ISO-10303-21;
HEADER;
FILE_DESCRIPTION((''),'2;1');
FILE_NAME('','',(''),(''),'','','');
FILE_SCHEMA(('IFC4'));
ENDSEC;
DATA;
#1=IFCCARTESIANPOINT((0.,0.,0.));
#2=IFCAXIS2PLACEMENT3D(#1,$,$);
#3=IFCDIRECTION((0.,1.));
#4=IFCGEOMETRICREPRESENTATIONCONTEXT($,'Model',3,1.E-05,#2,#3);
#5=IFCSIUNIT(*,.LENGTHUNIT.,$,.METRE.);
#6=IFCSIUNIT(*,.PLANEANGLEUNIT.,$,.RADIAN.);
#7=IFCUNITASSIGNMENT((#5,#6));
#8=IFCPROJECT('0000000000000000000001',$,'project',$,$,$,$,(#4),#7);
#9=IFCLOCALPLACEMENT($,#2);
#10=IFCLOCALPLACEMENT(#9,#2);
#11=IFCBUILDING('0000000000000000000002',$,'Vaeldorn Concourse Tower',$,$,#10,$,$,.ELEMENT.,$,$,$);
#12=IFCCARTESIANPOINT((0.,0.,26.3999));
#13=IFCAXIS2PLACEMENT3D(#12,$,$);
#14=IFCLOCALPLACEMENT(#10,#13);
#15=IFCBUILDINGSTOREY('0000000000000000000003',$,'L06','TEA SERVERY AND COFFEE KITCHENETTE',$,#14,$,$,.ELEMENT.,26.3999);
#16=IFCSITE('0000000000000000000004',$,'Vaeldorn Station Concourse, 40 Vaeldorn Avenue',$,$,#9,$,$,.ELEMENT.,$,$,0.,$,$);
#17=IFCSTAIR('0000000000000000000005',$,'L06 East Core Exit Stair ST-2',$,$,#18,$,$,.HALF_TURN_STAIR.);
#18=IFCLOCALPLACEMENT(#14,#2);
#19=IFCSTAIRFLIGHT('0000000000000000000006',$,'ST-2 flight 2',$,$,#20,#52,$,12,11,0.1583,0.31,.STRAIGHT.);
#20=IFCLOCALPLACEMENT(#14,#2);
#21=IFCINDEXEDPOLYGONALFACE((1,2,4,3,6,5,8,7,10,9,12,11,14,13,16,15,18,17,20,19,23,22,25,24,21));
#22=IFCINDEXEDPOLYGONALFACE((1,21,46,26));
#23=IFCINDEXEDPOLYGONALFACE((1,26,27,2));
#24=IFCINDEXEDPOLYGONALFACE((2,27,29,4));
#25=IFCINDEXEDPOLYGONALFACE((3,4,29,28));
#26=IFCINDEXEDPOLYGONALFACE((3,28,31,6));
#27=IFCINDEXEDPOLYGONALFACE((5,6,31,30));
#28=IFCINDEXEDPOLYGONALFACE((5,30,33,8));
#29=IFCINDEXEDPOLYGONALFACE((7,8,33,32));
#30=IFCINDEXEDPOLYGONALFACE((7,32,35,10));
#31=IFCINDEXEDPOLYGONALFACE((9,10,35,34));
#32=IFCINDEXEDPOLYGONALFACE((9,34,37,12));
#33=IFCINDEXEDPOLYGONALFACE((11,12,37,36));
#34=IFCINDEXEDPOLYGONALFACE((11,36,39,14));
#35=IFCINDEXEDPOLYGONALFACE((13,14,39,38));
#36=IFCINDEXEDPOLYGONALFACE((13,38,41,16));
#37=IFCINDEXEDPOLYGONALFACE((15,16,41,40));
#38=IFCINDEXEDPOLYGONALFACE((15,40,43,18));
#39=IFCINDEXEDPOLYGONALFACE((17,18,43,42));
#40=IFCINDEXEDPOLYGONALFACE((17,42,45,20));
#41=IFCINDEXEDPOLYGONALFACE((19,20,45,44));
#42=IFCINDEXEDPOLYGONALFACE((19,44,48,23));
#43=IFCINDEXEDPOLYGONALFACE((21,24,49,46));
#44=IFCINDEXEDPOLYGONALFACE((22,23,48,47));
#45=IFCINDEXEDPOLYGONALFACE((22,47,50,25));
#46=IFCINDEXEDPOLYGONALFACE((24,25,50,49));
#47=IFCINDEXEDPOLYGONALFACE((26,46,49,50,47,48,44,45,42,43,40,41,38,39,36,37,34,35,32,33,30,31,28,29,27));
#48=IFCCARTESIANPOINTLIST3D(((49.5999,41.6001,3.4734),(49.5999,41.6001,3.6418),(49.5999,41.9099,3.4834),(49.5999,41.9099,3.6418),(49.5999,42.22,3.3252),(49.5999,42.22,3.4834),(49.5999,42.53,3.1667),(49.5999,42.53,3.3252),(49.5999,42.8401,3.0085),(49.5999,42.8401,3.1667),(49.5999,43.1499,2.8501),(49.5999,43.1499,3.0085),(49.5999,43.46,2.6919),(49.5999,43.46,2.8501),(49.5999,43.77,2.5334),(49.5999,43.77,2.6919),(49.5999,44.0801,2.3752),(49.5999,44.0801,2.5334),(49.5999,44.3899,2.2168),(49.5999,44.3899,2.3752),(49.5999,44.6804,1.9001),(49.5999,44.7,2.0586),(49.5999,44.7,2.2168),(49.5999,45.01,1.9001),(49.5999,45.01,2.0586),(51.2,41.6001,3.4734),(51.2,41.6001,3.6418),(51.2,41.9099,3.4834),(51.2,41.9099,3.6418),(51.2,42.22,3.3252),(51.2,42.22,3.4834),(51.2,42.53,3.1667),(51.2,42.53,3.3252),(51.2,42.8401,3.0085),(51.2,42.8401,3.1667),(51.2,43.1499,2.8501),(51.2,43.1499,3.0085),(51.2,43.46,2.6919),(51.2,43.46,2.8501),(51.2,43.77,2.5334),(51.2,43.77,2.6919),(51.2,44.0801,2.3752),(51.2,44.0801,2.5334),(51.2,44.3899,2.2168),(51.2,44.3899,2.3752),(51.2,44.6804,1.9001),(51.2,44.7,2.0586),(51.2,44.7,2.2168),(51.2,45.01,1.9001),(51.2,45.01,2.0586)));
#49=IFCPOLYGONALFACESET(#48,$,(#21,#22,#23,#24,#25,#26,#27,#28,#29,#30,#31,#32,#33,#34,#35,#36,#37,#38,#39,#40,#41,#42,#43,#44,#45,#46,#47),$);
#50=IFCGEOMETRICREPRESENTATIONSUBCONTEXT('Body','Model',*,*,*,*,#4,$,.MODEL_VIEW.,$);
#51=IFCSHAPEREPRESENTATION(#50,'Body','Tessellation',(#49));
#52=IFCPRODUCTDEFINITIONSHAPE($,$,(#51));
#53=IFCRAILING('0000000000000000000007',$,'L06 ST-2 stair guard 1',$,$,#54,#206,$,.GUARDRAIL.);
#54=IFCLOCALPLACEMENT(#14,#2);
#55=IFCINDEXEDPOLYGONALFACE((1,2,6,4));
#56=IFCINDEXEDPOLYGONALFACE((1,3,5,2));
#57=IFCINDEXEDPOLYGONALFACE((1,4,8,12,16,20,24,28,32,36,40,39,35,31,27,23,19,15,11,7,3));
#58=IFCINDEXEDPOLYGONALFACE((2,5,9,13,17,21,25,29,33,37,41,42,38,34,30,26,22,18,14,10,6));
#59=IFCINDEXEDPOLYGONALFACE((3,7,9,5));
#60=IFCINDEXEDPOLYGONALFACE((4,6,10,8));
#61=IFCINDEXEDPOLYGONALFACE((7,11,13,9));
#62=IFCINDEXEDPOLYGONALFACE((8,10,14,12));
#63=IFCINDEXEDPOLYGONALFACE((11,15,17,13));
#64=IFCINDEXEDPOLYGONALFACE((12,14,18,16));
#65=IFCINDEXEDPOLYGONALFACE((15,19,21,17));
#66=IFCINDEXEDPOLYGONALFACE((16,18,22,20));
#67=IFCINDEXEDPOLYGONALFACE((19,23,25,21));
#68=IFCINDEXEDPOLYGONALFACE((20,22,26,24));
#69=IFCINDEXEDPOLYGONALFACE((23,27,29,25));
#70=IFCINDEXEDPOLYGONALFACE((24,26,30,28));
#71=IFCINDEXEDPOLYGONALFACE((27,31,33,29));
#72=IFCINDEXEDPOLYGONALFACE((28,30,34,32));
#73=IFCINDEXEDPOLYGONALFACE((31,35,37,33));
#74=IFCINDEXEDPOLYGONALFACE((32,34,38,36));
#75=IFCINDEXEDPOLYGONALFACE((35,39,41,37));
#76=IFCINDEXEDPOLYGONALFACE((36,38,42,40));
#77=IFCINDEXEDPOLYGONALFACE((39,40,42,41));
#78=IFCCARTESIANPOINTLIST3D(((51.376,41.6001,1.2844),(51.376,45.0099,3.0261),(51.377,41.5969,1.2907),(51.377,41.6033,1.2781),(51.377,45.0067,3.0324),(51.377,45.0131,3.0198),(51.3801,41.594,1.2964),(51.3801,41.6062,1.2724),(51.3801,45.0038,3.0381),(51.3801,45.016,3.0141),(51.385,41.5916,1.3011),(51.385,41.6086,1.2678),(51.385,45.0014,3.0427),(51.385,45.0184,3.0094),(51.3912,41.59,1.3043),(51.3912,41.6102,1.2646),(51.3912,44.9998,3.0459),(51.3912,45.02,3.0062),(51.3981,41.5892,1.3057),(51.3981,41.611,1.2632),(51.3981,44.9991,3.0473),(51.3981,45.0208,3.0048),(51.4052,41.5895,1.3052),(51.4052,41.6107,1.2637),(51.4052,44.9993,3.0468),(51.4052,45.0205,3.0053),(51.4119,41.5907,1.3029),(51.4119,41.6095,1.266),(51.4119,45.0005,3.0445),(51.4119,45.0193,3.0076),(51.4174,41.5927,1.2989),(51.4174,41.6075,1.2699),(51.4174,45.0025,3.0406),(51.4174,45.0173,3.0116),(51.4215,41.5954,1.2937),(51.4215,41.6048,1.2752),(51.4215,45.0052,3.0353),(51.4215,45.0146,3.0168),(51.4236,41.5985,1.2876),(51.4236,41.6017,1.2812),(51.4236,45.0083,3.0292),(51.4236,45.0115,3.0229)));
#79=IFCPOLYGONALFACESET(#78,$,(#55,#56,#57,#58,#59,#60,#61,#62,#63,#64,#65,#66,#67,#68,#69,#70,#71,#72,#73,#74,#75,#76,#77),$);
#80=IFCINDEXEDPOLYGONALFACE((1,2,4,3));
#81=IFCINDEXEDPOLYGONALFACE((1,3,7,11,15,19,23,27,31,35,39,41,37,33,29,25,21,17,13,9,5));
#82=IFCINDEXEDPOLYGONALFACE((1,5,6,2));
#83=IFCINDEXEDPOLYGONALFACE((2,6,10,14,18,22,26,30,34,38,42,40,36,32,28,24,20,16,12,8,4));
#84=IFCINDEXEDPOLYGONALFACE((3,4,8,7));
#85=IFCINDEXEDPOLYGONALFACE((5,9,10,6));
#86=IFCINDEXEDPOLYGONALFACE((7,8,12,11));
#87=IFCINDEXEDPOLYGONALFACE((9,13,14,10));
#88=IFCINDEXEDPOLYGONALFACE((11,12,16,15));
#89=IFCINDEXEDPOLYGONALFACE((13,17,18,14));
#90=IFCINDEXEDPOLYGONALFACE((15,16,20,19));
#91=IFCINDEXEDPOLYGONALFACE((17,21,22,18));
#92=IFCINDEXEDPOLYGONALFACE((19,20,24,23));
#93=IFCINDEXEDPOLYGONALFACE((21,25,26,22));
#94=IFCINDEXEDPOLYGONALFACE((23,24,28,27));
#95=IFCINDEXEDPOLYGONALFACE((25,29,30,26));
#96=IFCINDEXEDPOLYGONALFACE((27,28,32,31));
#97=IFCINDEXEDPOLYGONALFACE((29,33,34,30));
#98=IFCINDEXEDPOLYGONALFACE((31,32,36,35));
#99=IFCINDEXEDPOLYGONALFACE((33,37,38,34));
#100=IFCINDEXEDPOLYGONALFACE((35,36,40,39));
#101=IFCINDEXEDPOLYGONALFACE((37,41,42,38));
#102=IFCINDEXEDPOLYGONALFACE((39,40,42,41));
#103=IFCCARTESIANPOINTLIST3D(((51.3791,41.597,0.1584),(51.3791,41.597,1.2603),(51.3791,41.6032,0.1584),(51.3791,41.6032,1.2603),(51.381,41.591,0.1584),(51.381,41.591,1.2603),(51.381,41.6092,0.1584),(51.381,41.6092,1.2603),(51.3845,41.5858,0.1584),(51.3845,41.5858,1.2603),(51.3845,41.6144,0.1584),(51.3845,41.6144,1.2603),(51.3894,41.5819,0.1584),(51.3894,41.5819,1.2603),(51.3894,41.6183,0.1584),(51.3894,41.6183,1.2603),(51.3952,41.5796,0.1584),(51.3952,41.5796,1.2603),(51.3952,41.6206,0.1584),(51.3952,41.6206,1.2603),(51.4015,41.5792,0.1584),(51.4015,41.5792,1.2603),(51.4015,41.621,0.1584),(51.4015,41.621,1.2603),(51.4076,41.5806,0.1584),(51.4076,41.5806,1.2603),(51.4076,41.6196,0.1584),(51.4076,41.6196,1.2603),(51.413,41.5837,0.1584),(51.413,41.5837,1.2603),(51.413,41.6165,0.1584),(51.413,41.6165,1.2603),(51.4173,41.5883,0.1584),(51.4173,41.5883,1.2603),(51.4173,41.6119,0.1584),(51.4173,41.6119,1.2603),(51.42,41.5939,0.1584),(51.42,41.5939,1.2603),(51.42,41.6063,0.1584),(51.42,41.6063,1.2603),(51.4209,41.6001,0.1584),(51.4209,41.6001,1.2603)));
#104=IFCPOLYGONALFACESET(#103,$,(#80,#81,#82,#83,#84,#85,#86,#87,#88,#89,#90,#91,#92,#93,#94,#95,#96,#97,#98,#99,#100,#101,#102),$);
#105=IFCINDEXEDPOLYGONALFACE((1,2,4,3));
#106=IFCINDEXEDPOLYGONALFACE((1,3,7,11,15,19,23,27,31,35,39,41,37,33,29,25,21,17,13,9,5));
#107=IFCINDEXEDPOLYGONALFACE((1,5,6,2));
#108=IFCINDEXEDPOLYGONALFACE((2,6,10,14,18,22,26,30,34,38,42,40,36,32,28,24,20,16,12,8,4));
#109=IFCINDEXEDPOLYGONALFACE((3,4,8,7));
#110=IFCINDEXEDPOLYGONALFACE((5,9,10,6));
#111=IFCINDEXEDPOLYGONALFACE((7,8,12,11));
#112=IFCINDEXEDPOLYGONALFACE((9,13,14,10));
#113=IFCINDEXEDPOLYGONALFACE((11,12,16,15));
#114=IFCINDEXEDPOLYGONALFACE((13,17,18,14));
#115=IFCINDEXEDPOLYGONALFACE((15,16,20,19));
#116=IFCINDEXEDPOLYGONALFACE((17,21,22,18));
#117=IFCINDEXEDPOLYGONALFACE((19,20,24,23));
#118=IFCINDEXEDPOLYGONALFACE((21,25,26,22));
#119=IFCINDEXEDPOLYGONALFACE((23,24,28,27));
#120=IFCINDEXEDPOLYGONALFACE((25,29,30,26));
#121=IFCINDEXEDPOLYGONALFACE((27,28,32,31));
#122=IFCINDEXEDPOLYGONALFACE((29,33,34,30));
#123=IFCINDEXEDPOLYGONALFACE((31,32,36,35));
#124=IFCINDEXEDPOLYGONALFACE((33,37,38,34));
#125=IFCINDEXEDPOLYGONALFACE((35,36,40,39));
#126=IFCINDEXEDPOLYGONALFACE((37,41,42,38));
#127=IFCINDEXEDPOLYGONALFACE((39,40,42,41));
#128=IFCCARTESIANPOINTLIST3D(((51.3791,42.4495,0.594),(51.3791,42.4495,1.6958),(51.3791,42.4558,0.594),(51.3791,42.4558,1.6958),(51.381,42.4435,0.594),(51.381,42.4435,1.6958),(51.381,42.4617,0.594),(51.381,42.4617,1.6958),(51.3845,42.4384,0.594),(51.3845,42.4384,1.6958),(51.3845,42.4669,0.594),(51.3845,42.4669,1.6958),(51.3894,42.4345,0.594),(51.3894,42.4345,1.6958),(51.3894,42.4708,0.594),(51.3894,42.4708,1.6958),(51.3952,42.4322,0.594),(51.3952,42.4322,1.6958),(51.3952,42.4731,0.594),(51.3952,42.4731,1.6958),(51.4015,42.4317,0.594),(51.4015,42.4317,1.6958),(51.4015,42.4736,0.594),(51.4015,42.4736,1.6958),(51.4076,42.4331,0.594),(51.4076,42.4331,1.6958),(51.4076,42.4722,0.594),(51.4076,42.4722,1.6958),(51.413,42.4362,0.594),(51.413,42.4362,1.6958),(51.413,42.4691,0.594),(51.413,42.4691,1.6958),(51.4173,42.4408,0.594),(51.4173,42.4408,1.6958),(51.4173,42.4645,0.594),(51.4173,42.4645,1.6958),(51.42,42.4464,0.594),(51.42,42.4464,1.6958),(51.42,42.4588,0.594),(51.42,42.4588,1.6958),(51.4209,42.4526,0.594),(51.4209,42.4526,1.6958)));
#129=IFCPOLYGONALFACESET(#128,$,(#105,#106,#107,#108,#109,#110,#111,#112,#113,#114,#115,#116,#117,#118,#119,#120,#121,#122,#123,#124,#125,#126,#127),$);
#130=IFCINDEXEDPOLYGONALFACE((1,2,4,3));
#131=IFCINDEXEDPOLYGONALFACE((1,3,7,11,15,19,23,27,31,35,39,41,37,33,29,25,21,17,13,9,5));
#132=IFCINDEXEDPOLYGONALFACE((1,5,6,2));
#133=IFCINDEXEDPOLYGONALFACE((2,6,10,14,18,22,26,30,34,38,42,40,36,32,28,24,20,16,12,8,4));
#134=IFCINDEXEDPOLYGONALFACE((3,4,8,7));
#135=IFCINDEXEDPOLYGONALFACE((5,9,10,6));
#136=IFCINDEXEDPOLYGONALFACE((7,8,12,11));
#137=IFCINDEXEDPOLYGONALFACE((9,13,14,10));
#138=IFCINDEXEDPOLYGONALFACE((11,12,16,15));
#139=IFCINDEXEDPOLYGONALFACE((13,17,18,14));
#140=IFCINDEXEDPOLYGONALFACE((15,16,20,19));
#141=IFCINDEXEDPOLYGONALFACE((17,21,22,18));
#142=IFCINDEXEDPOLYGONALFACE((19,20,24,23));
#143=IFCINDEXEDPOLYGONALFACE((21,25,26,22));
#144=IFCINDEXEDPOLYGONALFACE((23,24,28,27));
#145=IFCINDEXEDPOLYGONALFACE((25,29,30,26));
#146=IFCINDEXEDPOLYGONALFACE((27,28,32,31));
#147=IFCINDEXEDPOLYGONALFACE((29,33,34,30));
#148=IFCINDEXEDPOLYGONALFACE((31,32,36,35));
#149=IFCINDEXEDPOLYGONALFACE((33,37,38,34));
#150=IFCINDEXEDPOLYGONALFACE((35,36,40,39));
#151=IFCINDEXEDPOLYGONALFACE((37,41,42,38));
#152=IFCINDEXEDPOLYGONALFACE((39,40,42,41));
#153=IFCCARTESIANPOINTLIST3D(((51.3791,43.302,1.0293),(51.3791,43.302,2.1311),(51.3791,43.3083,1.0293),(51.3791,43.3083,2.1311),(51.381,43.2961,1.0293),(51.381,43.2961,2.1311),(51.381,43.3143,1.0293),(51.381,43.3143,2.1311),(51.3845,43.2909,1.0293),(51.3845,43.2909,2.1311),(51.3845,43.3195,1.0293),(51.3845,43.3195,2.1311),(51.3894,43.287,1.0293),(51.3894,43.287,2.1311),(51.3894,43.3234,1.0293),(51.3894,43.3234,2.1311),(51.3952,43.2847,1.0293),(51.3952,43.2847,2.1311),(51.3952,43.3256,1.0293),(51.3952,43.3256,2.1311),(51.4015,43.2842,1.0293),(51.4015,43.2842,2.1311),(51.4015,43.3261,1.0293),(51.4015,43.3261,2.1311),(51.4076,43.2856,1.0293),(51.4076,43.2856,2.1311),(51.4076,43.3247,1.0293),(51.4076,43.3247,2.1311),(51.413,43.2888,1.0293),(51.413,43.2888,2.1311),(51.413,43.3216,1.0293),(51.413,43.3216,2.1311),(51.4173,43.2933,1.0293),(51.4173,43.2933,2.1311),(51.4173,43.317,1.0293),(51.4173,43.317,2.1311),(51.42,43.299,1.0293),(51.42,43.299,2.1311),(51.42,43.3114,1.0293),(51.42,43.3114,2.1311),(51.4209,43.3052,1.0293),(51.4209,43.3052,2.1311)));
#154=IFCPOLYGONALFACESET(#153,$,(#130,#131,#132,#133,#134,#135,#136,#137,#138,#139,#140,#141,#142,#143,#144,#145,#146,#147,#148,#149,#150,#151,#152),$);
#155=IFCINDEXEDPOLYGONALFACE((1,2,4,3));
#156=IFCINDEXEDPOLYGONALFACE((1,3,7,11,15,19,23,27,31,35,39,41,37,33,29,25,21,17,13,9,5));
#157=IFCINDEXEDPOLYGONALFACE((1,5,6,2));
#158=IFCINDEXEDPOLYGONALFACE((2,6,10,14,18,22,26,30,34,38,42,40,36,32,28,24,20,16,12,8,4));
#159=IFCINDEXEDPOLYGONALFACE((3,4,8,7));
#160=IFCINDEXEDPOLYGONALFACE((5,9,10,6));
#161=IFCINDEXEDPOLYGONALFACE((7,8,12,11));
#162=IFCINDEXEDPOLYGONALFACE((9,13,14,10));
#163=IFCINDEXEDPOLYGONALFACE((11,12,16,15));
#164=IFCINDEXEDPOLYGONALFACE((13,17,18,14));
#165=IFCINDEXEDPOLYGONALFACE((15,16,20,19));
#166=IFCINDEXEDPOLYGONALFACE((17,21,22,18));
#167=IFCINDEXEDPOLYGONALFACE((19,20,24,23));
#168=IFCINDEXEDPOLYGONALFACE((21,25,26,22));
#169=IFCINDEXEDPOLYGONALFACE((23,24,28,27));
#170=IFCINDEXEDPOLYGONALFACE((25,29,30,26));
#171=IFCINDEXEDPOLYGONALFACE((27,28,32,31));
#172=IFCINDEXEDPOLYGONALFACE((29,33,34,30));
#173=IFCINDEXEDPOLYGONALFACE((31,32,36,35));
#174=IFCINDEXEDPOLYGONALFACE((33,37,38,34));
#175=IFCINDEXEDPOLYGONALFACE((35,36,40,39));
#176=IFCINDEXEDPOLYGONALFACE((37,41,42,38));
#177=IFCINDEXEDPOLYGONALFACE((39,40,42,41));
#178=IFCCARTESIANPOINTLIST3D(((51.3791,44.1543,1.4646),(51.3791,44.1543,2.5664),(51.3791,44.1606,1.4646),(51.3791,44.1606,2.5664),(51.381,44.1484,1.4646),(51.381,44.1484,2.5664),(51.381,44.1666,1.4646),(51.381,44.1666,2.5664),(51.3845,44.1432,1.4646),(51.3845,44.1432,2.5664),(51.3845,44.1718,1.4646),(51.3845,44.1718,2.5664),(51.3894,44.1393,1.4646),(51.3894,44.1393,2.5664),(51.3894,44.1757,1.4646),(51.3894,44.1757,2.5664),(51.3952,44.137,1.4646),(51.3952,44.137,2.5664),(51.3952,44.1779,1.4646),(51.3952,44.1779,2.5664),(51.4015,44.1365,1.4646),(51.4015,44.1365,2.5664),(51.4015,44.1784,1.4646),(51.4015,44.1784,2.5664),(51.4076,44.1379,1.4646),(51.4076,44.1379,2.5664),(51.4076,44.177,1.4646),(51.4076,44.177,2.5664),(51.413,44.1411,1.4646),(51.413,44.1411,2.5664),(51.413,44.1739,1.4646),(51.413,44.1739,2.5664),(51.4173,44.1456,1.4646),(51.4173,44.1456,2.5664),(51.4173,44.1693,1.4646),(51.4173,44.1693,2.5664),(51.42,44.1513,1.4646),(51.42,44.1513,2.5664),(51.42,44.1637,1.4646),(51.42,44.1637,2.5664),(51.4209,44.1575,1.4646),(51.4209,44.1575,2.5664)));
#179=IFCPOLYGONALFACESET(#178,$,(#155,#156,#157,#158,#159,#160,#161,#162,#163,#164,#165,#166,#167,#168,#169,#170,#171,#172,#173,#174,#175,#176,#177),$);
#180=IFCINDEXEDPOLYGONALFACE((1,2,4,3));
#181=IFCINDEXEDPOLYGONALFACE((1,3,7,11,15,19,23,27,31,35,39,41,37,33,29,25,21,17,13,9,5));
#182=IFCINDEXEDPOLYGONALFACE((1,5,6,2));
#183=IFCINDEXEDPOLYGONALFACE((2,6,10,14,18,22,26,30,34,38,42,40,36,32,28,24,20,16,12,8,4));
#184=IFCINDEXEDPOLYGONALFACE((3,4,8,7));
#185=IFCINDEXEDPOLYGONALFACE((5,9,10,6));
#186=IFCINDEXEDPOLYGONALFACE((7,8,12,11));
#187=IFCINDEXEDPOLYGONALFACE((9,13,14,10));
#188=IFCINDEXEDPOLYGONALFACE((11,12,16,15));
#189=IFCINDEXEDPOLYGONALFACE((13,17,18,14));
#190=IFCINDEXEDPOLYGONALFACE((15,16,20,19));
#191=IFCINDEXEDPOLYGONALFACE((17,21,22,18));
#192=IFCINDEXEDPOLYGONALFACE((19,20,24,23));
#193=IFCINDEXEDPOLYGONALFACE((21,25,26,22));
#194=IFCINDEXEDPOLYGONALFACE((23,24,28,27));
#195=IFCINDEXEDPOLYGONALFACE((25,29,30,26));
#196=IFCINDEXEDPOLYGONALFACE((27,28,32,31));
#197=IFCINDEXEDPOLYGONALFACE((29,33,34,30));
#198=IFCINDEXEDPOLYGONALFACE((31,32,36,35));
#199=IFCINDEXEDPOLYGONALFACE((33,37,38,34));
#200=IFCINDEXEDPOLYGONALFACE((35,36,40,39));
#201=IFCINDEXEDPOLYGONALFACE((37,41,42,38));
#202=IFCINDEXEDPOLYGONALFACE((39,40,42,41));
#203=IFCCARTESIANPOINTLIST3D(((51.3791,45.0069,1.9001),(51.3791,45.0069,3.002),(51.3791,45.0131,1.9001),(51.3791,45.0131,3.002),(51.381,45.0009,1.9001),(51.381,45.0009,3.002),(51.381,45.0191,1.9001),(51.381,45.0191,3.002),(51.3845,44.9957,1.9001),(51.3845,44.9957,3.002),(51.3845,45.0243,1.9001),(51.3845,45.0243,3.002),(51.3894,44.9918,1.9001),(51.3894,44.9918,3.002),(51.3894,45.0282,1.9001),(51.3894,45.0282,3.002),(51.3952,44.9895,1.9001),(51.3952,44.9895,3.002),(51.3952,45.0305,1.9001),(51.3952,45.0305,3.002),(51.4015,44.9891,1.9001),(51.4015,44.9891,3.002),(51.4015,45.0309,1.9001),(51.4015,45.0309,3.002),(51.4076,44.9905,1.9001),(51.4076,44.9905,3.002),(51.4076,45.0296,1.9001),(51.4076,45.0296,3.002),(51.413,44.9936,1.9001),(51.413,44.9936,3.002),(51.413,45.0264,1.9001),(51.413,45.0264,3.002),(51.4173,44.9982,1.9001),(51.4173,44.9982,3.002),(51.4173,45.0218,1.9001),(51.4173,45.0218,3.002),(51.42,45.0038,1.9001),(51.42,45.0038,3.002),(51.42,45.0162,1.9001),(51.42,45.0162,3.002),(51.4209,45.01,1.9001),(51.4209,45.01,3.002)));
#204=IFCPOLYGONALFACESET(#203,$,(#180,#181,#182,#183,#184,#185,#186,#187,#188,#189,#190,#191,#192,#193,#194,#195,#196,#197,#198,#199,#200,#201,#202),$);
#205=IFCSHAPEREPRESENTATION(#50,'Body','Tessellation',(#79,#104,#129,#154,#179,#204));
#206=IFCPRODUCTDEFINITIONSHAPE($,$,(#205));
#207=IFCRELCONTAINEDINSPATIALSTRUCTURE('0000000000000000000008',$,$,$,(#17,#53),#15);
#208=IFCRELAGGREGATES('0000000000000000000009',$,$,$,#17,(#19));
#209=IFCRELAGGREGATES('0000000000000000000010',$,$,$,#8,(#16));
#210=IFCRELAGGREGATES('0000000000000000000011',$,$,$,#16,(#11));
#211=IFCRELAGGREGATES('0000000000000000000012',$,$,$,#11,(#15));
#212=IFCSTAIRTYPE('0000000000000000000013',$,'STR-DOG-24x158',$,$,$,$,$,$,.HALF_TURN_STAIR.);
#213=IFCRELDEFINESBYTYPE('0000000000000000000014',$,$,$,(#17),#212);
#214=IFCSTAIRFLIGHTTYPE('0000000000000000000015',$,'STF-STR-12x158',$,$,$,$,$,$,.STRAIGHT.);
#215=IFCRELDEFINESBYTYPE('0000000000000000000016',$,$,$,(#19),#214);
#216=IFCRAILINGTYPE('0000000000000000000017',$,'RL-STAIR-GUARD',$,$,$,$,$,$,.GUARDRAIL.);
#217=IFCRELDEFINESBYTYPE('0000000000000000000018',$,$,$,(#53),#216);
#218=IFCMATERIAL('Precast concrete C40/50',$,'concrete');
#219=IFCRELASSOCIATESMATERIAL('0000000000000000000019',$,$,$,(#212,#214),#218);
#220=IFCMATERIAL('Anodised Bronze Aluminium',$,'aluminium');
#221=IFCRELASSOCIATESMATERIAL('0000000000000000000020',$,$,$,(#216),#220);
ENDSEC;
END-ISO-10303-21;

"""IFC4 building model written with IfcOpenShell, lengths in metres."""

from ifc_helpers import new_model, si_unit, direction, frame, origin, origin_2d, place, context, subcontext, project, spatial, polyline, circle, outline, extrude, material, type_object, element, aggregate, save


model = new_model("IFC4")

# Units and contexts
model_context = context("Model", 3, precision=1e-05, world=origin(), true_north=direction((0.0, 1.0)))
body_context = subcontext(model_context, "Body", "Model", "MODEL_VIEW")
ifc_project = project(units=[si_unit("LENGTHUNIT", "METRE"), si_unit("PLANEANGLEUNIT", "RADIAN")], contexts=[model_context])

# Site, building, storey
site_placement = place(None, origin())
site = spatial("IfcSite", under=ifc_project, at=site_placement, Name="Vaeldorn Station Concourse, 40 Vaeldorn Avenue", CompositionType="ELEMENT", RefElevation=0.0)
building_placement = place(site_placement, origin())
building = spatial("IfcBuilding", under=site, at=building_placement, Name="Vaeldorn Concourse Tower", CompositionType="ELEMENT")
storey_placement = place(building_placement, frame((0.0, 0.0, 26.3999)))
storey = spatial("IfcBuildingStorey", under=building, at=storey_placement, Name="L06", Description="TEA SERVERY AND COFFEE KITCHENETTE", CompositionType="ELEMENT", Elevation=26.3999)

# Shared definitions
ifc_material_1 = material(Name="Anodised Bronze Aluminium", Category="aluminium")

# Stair, stair flight
ifc_material_2 = material(Name="Precast concrete C40/50", Category="concrete")
stair_type = type_object("IfcStairType", Name="STR-DOG-24x158", PredefinedType="HALF_TURN_STAIR", material=ifc_material_2)
stair_placement = place(storey_placement, origin())
stair = element("IfcStair", 1, at=stair_placement, inside=storey, type_object=stair_type, Name="L06 East Core Exit Stair ST-2", PredefinedType="HALF_TURN_STAIR")
stair_flight_type = type_object("IfcStairFlightType", Name="STF-STR-12x158", PredefinedType="STRAIGHT", material=ifc_material_2)
stair_flight_1_placement = place(storey_placement, frame((50.3999, 45.01, 1.9001), z_axis=(0.0, 0.0, 1.0), x_axis=(0.0, -1.0, 0.0)))
stair_flight_1 = element("IfcStairFlight", 2, at=stair_flight_1_placement, type_object=stair_flight_type, Name="ST-2 flight 2", NumberOfRisers=12, NumberOfTreads=11, PredefinedType="STRAIGHT", RiserHeight=0.1583, TreadLength=0.31, context=body_context, shape_type="SweptSolid", body=[
    extrude(outline(polyline([(0.0, 0.0), (0.0, 0.1584), (0.3101, 0.1584), (0.3101, 0.3167), (0.6201, 0.3167), (0.6201, 0.4751), (0.9299, 0.4751), (0.9299, 0.6333), (1.24, 0.6333), (1.24, 0.7917), (1.55, 0.7917), (1.55, 0.95), (1.8601, 0.95), (1.8601, 1.1084), (2.1699, 1.1084), (2.1699, 1.2666), (2.48, 1.2666), (2.48, 1.425), (2.79, 1.425), (2.79, 1.5833), (3.1001, 1.5833), (3.1001, 1.7417), (3.4099, 1.7417), (3.4099, 1.8999), (3.4099, 1.5732), (0.3296, 0.0), (0.0, 0.0)])), frame((0.0, 0.8, 0.0), z_axis=(0.0, -1.0, 0.0), x_axis=(1.0, 0.0, 0.0)), (0.0, 0.0, 1.0), 1.6001),
])
aggregate(stair, [stair_flight_1])

# Railing
railing_type_1 = type_object("IfcRailingType", Name="RL-STAIR-GUARD", PredefinedType="GUARDRAIL", material=ifc_material_1)
railing_1_placement = place(storey_placement, frame((51.3999, 41.6001, 0.1584)))
element("IfcRailing", 3, at=railing_1_placement, inside=storey, type_object=railing_type_1, Name="L06 ST-2 stair guard 1", PredefinedType="GUARDRAIL", context=body_context, shape_type="SweptSolid", body=[
    extrude(circle(Radius=0.0239, at=origin_2d()), frame((0.0, 0.0, 1.126), z_axis=(0.0, 0.890556, 0.454874), x_axis=(-1.0, 0.0, 0.0)), (0.0, 0.0, 1.0), 3.8289),
    extrude(circle(Radius=0.021, at=origin_2d()), origin(), (0.0, 0.0, 1.0), 1.1018),
    extrude(circle(Radius=0.021, at=origin_2d()), frame((0.0, 0.8525, 0.4355)), (0.0, 0.0, 1.0), 1.1018),
    extrude(circle(Radius=0.021, at=origin_2d()), frame((0.0, 1.7051, 0.8708)), (0.0, 0.0, 1.0), 1.1018),
    extrude(circle(Radius=0.021, at=origin_2d()), frame((0.0, 2.5574, 1.3062)), (0.0, 0.0, 1.0), 1.1018),
    extrude(circle(Radius=0.021, at=origin_2d()), frame((0.0, 3.4099, 1.7417)), (0.0, 0.0, 1.0), 1.1018),
])

save(model, "model.ifc")
